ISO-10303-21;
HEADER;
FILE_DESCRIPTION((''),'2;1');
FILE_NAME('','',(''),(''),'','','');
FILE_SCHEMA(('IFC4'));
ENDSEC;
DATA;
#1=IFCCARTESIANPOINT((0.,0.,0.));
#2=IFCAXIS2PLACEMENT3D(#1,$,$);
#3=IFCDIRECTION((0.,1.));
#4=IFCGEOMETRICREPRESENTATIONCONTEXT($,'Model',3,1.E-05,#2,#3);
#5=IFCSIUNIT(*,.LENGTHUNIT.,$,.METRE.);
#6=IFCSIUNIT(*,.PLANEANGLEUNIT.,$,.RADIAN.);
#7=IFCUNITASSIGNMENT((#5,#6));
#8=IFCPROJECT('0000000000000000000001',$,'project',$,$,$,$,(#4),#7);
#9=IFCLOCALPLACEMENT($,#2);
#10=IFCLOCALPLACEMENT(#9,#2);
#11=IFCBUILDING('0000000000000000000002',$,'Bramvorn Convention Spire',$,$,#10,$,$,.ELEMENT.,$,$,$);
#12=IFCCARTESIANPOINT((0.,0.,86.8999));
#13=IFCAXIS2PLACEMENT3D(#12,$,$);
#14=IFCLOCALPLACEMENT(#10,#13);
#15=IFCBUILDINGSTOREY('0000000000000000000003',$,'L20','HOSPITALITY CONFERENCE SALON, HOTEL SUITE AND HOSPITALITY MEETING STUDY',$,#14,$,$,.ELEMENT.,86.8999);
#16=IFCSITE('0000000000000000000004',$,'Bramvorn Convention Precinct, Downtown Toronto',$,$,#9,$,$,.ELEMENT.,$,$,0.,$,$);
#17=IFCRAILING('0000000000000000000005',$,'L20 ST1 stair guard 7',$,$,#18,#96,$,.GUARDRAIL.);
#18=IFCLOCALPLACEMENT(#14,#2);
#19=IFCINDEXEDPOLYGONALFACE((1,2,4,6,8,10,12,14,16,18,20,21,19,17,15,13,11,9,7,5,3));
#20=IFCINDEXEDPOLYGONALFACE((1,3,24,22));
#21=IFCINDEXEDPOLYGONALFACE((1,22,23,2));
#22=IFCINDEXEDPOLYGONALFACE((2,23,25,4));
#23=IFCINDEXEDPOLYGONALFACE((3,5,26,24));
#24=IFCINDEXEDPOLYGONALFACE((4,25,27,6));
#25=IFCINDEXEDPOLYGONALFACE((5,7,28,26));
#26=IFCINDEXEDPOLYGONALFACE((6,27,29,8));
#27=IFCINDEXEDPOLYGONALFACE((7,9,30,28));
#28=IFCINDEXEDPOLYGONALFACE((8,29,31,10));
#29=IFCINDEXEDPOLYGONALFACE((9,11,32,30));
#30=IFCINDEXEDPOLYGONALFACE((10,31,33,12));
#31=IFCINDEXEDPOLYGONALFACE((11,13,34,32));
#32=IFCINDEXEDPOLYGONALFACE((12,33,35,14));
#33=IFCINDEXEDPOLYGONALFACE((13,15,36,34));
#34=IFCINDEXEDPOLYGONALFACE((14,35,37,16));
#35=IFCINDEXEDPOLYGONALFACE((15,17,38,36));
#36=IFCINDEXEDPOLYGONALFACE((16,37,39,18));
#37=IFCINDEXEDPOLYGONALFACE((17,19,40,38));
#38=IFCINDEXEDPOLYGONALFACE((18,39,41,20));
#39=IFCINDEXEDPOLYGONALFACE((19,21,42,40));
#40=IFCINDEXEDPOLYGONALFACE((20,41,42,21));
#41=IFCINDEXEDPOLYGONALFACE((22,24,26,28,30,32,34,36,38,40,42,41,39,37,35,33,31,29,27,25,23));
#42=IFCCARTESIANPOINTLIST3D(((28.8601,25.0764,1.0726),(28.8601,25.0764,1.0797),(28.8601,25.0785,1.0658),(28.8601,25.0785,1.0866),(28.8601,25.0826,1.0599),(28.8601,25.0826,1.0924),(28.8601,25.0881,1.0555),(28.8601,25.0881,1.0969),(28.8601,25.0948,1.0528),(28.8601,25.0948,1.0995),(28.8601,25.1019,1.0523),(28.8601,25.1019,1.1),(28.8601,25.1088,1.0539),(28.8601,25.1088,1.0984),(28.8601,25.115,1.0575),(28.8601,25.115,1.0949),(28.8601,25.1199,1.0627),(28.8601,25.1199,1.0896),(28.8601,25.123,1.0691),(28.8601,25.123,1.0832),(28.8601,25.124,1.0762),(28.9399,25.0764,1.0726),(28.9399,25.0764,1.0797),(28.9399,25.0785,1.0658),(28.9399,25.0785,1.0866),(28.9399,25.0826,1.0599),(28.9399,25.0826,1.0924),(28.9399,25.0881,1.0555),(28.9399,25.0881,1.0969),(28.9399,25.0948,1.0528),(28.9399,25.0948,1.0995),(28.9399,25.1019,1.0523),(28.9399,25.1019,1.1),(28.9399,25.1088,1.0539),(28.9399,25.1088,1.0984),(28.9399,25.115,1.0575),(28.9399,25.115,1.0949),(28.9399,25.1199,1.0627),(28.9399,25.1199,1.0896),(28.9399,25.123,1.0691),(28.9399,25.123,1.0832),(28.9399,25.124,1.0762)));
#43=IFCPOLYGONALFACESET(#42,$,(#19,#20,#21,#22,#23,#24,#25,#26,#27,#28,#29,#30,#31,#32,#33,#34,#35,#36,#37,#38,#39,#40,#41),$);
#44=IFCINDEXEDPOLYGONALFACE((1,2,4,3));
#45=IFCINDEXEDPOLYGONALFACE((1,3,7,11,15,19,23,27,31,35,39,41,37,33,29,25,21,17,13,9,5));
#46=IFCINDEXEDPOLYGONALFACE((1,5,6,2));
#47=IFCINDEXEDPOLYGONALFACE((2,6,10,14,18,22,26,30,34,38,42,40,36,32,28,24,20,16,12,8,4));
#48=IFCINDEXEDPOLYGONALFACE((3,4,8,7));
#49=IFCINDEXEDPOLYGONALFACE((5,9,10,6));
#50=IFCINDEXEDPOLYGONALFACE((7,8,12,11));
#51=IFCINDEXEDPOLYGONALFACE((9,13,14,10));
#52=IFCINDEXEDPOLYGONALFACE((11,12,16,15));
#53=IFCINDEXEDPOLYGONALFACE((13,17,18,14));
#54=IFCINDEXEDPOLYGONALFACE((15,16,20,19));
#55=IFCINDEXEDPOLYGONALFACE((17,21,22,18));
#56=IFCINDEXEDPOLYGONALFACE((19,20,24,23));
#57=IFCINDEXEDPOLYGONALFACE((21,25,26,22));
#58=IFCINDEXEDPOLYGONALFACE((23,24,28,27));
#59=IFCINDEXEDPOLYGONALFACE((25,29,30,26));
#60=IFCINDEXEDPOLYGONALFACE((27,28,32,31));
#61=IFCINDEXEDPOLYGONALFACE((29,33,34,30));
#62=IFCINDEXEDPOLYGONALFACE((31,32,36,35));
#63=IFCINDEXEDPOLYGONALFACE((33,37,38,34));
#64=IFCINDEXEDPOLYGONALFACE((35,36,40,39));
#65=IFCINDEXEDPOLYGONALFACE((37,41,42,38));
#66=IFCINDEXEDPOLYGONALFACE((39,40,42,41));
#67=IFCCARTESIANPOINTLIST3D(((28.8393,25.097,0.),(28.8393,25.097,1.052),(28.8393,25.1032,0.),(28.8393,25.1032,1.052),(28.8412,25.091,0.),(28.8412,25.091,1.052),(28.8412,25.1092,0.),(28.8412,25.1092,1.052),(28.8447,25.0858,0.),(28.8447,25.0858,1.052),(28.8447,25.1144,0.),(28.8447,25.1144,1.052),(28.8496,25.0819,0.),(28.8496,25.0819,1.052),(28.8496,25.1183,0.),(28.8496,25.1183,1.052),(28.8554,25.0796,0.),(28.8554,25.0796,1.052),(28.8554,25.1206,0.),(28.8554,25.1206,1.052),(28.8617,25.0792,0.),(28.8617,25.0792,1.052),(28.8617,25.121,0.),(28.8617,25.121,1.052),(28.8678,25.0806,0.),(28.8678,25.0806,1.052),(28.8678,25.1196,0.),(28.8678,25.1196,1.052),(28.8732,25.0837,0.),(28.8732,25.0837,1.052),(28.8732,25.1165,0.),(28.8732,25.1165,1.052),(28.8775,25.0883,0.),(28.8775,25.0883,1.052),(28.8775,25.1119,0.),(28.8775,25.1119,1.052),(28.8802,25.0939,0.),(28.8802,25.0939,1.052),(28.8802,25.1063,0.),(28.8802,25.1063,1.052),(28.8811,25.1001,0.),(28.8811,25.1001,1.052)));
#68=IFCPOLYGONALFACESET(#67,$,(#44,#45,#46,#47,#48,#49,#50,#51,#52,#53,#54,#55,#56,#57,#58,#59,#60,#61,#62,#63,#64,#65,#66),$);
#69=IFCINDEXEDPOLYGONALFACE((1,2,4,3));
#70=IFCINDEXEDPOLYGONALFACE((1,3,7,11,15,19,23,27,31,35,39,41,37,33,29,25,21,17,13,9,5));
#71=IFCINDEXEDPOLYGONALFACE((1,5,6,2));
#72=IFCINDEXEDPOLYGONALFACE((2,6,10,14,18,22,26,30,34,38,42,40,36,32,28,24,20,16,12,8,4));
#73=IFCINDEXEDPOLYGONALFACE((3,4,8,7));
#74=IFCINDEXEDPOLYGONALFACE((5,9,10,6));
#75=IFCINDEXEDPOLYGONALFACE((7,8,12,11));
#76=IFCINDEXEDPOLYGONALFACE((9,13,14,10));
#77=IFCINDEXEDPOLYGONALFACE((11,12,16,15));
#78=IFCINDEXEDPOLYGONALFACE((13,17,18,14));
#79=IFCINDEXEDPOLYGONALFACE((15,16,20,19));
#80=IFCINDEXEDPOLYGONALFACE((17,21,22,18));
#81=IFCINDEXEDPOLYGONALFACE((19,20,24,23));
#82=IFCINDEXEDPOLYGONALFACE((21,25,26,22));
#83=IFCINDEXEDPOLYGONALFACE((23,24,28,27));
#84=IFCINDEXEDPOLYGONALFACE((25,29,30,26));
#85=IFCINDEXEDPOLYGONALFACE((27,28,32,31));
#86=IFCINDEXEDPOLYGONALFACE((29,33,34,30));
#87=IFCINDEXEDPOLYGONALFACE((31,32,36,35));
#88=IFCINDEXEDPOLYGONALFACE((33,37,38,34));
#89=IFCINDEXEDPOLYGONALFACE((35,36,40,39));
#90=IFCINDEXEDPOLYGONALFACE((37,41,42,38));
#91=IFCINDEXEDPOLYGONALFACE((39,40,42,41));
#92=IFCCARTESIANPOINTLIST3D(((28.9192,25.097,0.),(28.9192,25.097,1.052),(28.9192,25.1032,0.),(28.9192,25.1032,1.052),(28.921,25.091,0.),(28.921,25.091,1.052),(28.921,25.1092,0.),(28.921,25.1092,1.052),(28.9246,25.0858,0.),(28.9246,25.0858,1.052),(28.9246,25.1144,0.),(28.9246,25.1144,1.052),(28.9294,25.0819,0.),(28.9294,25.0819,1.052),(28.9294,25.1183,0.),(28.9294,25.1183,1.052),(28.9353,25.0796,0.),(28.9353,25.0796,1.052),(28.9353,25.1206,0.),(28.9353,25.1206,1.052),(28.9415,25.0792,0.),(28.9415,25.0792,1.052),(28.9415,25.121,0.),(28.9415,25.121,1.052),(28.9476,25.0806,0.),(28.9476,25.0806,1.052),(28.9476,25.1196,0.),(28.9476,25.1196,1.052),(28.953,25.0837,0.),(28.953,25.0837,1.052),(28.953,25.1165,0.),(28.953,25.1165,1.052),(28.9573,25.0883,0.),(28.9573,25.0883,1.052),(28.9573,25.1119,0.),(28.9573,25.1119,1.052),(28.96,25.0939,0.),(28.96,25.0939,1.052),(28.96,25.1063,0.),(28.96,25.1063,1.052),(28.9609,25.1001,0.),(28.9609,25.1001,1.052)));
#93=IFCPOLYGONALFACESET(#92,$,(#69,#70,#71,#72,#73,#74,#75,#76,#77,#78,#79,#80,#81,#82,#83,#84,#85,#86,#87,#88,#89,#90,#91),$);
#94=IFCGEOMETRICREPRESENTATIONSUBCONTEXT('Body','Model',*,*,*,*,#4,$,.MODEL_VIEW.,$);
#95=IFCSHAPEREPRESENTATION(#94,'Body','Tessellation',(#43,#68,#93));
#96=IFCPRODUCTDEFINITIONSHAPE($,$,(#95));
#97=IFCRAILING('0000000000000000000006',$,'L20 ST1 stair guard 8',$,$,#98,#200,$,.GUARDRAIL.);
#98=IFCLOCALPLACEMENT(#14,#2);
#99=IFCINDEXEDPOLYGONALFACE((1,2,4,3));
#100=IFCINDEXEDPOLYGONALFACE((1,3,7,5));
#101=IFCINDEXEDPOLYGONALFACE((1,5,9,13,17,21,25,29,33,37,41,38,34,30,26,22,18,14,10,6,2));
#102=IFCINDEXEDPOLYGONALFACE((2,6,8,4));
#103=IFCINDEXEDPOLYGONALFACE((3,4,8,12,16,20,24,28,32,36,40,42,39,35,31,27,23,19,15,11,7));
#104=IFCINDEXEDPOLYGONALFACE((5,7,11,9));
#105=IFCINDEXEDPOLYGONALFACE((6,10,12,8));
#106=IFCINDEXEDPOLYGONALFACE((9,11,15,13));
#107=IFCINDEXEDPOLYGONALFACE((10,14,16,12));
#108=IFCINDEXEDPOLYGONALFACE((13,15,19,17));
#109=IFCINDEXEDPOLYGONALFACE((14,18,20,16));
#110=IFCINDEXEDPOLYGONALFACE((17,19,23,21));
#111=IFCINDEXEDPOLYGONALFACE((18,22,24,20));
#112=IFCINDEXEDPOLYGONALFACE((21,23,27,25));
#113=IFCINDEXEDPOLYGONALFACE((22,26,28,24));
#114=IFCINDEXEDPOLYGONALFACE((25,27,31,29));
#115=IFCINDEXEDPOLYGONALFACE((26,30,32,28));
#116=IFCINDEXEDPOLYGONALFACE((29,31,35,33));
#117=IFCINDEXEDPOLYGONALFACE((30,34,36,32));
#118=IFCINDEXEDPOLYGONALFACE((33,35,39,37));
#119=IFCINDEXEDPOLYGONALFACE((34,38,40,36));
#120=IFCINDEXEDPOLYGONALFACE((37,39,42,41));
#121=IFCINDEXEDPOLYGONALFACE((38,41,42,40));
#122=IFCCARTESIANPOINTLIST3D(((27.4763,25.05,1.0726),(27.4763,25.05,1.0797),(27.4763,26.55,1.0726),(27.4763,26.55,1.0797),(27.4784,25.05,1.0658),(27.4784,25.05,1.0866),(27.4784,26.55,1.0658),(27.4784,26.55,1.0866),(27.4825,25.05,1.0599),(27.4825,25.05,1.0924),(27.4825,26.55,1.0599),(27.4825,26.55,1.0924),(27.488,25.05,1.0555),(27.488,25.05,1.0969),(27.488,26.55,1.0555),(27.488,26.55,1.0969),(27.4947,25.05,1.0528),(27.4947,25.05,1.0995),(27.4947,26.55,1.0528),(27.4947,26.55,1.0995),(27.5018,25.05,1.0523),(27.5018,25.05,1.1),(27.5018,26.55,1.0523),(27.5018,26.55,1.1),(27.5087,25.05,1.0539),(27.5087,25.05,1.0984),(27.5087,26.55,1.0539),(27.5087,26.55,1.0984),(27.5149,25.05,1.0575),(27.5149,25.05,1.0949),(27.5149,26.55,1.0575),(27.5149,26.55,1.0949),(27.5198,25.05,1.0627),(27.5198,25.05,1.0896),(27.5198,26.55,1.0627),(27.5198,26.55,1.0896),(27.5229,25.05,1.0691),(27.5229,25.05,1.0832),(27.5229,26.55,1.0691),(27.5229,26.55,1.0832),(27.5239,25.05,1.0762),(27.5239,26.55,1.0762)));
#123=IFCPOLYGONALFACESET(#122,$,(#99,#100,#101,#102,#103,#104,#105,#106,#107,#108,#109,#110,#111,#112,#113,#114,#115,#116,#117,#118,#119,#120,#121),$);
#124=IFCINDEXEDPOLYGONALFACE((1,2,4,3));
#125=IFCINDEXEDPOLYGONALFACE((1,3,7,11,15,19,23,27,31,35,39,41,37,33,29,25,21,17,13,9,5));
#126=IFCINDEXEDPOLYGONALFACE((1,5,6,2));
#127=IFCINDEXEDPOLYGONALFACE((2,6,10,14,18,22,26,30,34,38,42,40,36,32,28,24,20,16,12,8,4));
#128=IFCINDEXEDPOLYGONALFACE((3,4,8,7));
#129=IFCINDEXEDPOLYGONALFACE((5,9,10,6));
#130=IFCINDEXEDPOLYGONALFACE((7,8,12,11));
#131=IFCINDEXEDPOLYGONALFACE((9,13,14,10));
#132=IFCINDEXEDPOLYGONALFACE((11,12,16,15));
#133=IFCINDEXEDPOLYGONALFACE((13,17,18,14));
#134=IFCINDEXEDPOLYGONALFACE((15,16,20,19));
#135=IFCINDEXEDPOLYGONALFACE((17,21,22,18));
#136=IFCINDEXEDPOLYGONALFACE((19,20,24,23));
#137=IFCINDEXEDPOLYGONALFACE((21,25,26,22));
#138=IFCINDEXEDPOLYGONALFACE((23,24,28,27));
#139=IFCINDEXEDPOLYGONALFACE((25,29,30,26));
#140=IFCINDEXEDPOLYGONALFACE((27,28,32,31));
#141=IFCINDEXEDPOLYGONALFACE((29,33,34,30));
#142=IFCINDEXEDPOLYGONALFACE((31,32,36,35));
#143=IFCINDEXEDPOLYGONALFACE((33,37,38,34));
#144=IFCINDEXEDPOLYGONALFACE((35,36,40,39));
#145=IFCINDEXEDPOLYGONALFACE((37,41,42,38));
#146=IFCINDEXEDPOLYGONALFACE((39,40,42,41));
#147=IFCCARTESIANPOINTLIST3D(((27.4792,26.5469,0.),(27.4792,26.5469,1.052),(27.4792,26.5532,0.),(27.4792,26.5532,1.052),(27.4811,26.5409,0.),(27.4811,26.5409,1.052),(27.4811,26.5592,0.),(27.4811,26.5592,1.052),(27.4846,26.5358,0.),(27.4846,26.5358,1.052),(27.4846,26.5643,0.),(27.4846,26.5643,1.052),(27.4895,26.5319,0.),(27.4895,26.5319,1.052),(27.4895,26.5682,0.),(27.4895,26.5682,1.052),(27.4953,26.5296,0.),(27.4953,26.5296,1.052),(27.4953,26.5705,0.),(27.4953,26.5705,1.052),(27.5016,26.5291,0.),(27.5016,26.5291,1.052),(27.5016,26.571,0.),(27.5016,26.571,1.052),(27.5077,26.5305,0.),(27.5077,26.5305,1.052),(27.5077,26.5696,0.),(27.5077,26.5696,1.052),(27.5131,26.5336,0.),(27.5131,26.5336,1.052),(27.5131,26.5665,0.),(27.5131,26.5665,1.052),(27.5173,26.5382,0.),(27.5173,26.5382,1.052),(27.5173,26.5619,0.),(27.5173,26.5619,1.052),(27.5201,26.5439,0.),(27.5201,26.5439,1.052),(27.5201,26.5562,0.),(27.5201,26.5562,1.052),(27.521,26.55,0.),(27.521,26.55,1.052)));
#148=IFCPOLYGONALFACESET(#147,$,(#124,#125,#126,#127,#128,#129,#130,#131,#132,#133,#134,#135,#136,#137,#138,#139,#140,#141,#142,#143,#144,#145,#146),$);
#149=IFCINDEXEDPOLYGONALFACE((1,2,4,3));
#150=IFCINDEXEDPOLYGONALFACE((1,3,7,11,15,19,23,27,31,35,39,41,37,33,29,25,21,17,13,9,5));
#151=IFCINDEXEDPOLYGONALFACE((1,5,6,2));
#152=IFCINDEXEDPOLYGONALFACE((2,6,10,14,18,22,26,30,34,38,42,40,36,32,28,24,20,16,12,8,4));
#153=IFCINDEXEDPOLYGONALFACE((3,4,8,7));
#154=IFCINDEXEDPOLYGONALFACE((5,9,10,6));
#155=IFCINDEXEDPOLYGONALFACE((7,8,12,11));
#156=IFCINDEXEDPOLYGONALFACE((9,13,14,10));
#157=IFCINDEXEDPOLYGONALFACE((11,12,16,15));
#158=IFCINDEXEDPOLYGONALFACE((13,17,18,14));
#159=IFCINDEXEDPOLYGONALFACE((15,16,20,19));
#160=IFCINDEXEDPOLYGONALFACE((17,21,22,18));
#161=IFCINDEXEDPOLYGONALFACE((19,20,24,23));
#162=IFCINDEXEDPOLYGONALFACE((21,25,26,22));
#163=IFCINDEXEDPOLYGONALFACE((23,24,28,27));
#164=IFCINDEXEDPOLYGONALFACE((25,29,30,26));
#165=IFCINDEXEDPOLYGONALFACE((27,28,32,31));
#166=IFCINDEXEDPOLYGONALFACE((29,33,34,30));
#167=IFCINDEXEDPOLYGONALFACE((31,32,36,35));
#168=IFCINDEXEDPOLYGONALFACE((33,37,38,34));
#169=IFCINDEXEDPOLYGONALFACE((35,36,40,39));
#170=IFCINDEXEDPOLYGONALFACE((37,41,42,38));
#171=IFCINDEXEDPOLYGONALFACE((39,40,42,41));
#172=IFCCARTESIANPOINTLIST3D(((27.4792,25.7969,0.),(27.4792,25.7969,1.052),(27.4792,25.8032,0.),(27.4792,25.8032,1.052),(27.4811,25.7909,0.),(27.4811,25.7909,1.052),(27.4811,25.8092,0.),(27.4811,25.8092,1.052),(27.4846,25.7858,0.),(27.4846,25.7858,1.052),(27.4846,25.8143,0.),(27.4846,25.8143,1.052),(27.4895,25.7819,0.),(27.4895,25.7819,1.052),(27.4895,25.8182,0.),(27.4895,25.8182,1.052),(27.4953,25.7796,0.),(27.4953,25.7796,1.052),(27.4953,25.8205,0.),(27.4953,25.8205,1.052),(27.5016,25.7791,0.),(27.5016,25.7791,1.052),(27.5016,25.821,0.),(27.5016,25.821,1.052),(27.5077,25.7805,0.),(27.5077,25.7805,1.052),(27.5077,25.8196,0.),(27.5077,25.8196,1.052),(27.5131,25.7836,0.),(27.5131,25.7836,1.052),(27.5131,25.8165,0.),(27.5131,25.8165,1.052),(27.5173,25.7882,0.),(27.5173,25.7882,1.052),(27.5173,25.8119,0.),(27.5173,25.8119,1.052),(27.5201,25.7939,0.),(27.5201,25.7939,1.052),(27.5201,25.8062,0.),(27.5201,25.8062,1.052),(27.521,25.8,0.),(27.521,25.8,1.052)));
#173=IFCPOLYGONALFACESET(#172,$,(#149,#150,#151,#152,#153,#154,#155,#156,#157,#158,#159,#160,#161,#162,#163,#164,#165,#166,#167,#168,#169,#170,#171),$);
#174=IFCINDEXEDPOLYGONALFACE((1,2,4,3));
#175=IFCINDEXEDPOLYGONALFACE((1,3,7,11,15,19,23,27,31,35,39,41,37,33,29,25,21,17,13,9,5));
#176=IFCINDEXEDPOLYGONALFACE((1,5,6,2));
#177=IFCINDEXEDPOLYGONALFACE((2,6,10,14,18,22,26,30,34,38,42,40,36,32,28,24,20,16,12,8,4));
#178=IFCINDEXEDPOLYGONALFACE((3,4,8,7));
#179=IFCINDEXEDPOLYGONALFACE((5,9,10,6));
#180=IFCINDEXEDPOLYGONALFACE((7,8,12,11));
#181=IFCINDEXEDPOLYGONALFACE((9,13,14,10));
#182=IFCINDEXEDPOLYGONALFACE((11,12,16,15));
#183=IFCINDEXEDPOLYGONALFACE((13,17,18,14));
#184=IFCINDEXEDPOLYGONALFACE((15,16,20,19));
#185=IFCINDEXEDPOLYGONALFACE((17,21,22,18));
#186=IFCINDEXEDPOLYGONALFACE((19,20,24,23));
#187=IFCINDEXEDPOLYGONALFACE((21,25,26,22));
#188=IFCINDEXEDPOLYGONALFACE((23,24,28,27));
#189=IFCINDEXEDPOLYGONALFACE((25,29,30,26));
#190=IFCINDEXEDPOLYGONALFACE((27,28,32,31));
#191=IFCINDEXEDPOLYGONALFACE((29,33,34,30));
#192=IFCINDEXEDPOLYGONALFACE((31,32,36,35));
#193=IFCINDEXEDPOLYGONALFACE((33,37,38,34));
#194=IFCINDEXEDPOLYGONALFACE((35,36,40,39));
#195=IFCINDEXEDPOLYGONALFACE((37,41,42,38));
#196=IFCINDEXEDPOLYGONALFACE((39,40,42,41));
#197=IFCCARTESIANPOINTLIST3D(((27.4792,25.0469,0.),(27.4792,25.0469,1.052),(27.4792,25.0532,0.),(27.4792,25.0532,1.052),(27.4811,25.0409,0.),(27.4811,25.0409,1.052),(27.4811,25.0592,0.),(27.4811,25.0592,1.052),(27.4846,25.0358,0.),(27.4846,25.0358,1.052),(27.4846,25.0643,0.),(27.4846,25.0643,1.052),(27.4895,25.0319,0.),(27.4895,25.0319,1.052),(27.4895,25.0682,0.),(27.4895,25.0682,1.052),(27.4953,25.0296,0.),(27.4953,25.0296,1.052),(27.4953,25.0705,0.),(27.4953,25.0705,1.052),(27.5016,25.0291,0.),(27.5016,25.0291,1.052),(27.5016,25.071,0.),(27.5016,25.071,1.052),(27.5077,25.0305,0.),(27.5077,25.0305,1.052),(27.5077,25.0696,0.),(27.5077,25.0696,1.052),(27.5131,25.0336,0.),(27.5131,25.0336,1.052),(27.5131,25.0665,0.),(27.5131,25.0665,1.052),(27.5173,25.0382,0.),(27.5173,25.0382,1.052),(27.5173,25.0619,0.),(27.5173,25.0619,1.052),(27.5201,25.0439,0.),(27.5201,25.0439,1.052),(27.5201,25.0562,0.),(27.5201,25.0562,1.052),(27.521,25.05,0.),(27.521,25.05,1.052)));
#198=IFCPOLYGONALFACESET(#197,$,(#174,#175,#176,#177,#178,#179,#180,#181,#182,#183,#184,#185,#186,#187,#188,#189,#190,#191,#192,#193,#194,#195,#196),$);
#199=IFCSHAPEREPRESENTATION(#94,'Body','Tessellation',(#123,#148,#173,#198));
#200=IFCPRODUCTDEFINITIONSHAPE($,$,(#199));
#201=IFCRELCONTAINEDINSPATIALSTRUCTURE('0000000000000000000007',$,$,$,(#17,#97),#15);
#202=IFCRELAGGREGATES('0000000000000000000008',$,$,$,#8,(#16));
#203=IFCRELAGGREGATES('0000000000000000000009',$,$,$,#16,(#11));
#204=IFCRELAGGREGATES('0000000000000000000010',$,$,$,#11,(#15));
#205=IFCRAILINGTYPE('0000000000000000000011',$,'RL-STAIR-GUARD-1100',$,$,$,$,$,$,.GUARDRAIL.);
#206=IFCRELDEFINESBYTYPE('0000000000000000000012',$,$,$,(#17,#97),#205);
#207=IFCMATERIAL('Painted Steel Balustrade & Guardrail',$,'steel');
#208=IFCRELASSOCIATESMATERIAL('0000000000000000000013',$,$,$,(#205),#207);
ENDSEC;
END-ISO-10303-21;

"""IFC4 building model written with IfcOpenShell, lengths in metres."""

from ifc_helpers import new_model, si_unit, direction, frame, origin, origin_2d, place, context, subcontext, project, spatial, circle, extrude, material, type_object, element, save


model = new_model("IFC4")

# Units and contexts
model_context = context("Model", 3, precision=1e-05, world=origin(), true_north=direction((0.0, 1.0)))
body_context = subcontext(model_context, "Body", "Model", "MODEL_VIEW")
ifc_project = project(units=[si_unit("LENGTHUNIT", "METRE"), si_unit("PLANEANGLEUNIT", "RADIAN")], contexts=[model_context])

# Site, building, storey
site_placement = place(None, origin())
site = spatial("IfcSite", under=ifc_project, at=site_placement, Name="Bramvorn Convention Precinct, Downtown Toronto", CompositionType="ELEMENT", RefElevation=0.0)
building_placement = place(site_placement, origin())
building = spatial("IfcBuilding", under=site, at=building_placement, Name="Bramvorn Convention Spire", CompositionType="ELEMENT")
storey_placement = place(building_placement, frame((0.0, 0.0, 86.8999)))
storey = spatial("IfcBuildingStorey", under=building, at=storey_placement, Name="L20", Description="HOSPITALITY CONFERENCE SALON, HOTEL SUITE AND HOSPITALITY MEETING STUDY", CompositionType="ELEMENT", Elevation=86.8999)

# Railings
ifc_material_1 = material(Name="Painted Steel Balustrade & Guardrail", Category="steel")
railing_type_1 = type_object("IfcRailingType", Name="RL-STAIR-GUARD-1100", PredefinedType="GUARDRAIL", material=ifc_material_1)
railing_1_placement = place(storey_placement, frame((28.8601, 25.1001, 0.0)))
element("IfcRailing", 1, at=railing_1_placement, inside=storey, type_object=railing_type_1, Name="L20 ST1 stair guard 7", PredefinedType="GUARDRAIL", context=body_context, shape_type="SweptSolid", body=[
    extrude(circle(Radius=0.0239, at=origin_2d()), frame((0.0, 0.0, 1.0762), z_axis=(1.0, 0.0, 0.0), x_axis=(0.0, 1.0, 0.0)), (0.0, 0.0, 1.0), 0.0798),
    extrude(circle(Radius=0.021, at=origin_2d()), origin(), (0.0, 0.0, 1.0), 1.052),
    extrude(circle(Radius=0.021, at=origin_2d()), frame((0.0798, 0.0, 0.0)), (0.0, 0.0, 1.0), 1.052),
])
for number, where, name in (
    (2, (27.5, 26.55, 0.0), "L20 ST1 stair guard 8"),
):
    element("IfcRailing", number, at=place(storey_placement, frame(where)), inside=storey, type_object=railing_type_1, Name=name, PredefinedType="GUARDRAIL", context=body_context, shape_type="SweptSolid", body=[
        extrude(circle(Radius=0.0239, at=origin_2d()), frame((0.0, 0.0, 1.0762), z_axis=(0.0, -1.0, 0.0), x_axis=(1.0, 0.0, 0.0)), (0.0, 0.0, 1.0), 1.5),
        extrude(circle(Radius=0.021, at=origin_2d()), origin(), (0.0, 0.0, 1.0), 1.052),
        extrude(circle(Radius=0.021, at=origin_2d()), frame((0.0, -0.75, 0.0)), (0.0, 0.0, 1.0), 1.052),
        extrude(circle(Radius=0.021, at=origin_2d()), frame((0.0, -1.5, 0.0)), (0.0, 0.0, 1.0), 1.052),
    ])

save(model, "model.ifc")
